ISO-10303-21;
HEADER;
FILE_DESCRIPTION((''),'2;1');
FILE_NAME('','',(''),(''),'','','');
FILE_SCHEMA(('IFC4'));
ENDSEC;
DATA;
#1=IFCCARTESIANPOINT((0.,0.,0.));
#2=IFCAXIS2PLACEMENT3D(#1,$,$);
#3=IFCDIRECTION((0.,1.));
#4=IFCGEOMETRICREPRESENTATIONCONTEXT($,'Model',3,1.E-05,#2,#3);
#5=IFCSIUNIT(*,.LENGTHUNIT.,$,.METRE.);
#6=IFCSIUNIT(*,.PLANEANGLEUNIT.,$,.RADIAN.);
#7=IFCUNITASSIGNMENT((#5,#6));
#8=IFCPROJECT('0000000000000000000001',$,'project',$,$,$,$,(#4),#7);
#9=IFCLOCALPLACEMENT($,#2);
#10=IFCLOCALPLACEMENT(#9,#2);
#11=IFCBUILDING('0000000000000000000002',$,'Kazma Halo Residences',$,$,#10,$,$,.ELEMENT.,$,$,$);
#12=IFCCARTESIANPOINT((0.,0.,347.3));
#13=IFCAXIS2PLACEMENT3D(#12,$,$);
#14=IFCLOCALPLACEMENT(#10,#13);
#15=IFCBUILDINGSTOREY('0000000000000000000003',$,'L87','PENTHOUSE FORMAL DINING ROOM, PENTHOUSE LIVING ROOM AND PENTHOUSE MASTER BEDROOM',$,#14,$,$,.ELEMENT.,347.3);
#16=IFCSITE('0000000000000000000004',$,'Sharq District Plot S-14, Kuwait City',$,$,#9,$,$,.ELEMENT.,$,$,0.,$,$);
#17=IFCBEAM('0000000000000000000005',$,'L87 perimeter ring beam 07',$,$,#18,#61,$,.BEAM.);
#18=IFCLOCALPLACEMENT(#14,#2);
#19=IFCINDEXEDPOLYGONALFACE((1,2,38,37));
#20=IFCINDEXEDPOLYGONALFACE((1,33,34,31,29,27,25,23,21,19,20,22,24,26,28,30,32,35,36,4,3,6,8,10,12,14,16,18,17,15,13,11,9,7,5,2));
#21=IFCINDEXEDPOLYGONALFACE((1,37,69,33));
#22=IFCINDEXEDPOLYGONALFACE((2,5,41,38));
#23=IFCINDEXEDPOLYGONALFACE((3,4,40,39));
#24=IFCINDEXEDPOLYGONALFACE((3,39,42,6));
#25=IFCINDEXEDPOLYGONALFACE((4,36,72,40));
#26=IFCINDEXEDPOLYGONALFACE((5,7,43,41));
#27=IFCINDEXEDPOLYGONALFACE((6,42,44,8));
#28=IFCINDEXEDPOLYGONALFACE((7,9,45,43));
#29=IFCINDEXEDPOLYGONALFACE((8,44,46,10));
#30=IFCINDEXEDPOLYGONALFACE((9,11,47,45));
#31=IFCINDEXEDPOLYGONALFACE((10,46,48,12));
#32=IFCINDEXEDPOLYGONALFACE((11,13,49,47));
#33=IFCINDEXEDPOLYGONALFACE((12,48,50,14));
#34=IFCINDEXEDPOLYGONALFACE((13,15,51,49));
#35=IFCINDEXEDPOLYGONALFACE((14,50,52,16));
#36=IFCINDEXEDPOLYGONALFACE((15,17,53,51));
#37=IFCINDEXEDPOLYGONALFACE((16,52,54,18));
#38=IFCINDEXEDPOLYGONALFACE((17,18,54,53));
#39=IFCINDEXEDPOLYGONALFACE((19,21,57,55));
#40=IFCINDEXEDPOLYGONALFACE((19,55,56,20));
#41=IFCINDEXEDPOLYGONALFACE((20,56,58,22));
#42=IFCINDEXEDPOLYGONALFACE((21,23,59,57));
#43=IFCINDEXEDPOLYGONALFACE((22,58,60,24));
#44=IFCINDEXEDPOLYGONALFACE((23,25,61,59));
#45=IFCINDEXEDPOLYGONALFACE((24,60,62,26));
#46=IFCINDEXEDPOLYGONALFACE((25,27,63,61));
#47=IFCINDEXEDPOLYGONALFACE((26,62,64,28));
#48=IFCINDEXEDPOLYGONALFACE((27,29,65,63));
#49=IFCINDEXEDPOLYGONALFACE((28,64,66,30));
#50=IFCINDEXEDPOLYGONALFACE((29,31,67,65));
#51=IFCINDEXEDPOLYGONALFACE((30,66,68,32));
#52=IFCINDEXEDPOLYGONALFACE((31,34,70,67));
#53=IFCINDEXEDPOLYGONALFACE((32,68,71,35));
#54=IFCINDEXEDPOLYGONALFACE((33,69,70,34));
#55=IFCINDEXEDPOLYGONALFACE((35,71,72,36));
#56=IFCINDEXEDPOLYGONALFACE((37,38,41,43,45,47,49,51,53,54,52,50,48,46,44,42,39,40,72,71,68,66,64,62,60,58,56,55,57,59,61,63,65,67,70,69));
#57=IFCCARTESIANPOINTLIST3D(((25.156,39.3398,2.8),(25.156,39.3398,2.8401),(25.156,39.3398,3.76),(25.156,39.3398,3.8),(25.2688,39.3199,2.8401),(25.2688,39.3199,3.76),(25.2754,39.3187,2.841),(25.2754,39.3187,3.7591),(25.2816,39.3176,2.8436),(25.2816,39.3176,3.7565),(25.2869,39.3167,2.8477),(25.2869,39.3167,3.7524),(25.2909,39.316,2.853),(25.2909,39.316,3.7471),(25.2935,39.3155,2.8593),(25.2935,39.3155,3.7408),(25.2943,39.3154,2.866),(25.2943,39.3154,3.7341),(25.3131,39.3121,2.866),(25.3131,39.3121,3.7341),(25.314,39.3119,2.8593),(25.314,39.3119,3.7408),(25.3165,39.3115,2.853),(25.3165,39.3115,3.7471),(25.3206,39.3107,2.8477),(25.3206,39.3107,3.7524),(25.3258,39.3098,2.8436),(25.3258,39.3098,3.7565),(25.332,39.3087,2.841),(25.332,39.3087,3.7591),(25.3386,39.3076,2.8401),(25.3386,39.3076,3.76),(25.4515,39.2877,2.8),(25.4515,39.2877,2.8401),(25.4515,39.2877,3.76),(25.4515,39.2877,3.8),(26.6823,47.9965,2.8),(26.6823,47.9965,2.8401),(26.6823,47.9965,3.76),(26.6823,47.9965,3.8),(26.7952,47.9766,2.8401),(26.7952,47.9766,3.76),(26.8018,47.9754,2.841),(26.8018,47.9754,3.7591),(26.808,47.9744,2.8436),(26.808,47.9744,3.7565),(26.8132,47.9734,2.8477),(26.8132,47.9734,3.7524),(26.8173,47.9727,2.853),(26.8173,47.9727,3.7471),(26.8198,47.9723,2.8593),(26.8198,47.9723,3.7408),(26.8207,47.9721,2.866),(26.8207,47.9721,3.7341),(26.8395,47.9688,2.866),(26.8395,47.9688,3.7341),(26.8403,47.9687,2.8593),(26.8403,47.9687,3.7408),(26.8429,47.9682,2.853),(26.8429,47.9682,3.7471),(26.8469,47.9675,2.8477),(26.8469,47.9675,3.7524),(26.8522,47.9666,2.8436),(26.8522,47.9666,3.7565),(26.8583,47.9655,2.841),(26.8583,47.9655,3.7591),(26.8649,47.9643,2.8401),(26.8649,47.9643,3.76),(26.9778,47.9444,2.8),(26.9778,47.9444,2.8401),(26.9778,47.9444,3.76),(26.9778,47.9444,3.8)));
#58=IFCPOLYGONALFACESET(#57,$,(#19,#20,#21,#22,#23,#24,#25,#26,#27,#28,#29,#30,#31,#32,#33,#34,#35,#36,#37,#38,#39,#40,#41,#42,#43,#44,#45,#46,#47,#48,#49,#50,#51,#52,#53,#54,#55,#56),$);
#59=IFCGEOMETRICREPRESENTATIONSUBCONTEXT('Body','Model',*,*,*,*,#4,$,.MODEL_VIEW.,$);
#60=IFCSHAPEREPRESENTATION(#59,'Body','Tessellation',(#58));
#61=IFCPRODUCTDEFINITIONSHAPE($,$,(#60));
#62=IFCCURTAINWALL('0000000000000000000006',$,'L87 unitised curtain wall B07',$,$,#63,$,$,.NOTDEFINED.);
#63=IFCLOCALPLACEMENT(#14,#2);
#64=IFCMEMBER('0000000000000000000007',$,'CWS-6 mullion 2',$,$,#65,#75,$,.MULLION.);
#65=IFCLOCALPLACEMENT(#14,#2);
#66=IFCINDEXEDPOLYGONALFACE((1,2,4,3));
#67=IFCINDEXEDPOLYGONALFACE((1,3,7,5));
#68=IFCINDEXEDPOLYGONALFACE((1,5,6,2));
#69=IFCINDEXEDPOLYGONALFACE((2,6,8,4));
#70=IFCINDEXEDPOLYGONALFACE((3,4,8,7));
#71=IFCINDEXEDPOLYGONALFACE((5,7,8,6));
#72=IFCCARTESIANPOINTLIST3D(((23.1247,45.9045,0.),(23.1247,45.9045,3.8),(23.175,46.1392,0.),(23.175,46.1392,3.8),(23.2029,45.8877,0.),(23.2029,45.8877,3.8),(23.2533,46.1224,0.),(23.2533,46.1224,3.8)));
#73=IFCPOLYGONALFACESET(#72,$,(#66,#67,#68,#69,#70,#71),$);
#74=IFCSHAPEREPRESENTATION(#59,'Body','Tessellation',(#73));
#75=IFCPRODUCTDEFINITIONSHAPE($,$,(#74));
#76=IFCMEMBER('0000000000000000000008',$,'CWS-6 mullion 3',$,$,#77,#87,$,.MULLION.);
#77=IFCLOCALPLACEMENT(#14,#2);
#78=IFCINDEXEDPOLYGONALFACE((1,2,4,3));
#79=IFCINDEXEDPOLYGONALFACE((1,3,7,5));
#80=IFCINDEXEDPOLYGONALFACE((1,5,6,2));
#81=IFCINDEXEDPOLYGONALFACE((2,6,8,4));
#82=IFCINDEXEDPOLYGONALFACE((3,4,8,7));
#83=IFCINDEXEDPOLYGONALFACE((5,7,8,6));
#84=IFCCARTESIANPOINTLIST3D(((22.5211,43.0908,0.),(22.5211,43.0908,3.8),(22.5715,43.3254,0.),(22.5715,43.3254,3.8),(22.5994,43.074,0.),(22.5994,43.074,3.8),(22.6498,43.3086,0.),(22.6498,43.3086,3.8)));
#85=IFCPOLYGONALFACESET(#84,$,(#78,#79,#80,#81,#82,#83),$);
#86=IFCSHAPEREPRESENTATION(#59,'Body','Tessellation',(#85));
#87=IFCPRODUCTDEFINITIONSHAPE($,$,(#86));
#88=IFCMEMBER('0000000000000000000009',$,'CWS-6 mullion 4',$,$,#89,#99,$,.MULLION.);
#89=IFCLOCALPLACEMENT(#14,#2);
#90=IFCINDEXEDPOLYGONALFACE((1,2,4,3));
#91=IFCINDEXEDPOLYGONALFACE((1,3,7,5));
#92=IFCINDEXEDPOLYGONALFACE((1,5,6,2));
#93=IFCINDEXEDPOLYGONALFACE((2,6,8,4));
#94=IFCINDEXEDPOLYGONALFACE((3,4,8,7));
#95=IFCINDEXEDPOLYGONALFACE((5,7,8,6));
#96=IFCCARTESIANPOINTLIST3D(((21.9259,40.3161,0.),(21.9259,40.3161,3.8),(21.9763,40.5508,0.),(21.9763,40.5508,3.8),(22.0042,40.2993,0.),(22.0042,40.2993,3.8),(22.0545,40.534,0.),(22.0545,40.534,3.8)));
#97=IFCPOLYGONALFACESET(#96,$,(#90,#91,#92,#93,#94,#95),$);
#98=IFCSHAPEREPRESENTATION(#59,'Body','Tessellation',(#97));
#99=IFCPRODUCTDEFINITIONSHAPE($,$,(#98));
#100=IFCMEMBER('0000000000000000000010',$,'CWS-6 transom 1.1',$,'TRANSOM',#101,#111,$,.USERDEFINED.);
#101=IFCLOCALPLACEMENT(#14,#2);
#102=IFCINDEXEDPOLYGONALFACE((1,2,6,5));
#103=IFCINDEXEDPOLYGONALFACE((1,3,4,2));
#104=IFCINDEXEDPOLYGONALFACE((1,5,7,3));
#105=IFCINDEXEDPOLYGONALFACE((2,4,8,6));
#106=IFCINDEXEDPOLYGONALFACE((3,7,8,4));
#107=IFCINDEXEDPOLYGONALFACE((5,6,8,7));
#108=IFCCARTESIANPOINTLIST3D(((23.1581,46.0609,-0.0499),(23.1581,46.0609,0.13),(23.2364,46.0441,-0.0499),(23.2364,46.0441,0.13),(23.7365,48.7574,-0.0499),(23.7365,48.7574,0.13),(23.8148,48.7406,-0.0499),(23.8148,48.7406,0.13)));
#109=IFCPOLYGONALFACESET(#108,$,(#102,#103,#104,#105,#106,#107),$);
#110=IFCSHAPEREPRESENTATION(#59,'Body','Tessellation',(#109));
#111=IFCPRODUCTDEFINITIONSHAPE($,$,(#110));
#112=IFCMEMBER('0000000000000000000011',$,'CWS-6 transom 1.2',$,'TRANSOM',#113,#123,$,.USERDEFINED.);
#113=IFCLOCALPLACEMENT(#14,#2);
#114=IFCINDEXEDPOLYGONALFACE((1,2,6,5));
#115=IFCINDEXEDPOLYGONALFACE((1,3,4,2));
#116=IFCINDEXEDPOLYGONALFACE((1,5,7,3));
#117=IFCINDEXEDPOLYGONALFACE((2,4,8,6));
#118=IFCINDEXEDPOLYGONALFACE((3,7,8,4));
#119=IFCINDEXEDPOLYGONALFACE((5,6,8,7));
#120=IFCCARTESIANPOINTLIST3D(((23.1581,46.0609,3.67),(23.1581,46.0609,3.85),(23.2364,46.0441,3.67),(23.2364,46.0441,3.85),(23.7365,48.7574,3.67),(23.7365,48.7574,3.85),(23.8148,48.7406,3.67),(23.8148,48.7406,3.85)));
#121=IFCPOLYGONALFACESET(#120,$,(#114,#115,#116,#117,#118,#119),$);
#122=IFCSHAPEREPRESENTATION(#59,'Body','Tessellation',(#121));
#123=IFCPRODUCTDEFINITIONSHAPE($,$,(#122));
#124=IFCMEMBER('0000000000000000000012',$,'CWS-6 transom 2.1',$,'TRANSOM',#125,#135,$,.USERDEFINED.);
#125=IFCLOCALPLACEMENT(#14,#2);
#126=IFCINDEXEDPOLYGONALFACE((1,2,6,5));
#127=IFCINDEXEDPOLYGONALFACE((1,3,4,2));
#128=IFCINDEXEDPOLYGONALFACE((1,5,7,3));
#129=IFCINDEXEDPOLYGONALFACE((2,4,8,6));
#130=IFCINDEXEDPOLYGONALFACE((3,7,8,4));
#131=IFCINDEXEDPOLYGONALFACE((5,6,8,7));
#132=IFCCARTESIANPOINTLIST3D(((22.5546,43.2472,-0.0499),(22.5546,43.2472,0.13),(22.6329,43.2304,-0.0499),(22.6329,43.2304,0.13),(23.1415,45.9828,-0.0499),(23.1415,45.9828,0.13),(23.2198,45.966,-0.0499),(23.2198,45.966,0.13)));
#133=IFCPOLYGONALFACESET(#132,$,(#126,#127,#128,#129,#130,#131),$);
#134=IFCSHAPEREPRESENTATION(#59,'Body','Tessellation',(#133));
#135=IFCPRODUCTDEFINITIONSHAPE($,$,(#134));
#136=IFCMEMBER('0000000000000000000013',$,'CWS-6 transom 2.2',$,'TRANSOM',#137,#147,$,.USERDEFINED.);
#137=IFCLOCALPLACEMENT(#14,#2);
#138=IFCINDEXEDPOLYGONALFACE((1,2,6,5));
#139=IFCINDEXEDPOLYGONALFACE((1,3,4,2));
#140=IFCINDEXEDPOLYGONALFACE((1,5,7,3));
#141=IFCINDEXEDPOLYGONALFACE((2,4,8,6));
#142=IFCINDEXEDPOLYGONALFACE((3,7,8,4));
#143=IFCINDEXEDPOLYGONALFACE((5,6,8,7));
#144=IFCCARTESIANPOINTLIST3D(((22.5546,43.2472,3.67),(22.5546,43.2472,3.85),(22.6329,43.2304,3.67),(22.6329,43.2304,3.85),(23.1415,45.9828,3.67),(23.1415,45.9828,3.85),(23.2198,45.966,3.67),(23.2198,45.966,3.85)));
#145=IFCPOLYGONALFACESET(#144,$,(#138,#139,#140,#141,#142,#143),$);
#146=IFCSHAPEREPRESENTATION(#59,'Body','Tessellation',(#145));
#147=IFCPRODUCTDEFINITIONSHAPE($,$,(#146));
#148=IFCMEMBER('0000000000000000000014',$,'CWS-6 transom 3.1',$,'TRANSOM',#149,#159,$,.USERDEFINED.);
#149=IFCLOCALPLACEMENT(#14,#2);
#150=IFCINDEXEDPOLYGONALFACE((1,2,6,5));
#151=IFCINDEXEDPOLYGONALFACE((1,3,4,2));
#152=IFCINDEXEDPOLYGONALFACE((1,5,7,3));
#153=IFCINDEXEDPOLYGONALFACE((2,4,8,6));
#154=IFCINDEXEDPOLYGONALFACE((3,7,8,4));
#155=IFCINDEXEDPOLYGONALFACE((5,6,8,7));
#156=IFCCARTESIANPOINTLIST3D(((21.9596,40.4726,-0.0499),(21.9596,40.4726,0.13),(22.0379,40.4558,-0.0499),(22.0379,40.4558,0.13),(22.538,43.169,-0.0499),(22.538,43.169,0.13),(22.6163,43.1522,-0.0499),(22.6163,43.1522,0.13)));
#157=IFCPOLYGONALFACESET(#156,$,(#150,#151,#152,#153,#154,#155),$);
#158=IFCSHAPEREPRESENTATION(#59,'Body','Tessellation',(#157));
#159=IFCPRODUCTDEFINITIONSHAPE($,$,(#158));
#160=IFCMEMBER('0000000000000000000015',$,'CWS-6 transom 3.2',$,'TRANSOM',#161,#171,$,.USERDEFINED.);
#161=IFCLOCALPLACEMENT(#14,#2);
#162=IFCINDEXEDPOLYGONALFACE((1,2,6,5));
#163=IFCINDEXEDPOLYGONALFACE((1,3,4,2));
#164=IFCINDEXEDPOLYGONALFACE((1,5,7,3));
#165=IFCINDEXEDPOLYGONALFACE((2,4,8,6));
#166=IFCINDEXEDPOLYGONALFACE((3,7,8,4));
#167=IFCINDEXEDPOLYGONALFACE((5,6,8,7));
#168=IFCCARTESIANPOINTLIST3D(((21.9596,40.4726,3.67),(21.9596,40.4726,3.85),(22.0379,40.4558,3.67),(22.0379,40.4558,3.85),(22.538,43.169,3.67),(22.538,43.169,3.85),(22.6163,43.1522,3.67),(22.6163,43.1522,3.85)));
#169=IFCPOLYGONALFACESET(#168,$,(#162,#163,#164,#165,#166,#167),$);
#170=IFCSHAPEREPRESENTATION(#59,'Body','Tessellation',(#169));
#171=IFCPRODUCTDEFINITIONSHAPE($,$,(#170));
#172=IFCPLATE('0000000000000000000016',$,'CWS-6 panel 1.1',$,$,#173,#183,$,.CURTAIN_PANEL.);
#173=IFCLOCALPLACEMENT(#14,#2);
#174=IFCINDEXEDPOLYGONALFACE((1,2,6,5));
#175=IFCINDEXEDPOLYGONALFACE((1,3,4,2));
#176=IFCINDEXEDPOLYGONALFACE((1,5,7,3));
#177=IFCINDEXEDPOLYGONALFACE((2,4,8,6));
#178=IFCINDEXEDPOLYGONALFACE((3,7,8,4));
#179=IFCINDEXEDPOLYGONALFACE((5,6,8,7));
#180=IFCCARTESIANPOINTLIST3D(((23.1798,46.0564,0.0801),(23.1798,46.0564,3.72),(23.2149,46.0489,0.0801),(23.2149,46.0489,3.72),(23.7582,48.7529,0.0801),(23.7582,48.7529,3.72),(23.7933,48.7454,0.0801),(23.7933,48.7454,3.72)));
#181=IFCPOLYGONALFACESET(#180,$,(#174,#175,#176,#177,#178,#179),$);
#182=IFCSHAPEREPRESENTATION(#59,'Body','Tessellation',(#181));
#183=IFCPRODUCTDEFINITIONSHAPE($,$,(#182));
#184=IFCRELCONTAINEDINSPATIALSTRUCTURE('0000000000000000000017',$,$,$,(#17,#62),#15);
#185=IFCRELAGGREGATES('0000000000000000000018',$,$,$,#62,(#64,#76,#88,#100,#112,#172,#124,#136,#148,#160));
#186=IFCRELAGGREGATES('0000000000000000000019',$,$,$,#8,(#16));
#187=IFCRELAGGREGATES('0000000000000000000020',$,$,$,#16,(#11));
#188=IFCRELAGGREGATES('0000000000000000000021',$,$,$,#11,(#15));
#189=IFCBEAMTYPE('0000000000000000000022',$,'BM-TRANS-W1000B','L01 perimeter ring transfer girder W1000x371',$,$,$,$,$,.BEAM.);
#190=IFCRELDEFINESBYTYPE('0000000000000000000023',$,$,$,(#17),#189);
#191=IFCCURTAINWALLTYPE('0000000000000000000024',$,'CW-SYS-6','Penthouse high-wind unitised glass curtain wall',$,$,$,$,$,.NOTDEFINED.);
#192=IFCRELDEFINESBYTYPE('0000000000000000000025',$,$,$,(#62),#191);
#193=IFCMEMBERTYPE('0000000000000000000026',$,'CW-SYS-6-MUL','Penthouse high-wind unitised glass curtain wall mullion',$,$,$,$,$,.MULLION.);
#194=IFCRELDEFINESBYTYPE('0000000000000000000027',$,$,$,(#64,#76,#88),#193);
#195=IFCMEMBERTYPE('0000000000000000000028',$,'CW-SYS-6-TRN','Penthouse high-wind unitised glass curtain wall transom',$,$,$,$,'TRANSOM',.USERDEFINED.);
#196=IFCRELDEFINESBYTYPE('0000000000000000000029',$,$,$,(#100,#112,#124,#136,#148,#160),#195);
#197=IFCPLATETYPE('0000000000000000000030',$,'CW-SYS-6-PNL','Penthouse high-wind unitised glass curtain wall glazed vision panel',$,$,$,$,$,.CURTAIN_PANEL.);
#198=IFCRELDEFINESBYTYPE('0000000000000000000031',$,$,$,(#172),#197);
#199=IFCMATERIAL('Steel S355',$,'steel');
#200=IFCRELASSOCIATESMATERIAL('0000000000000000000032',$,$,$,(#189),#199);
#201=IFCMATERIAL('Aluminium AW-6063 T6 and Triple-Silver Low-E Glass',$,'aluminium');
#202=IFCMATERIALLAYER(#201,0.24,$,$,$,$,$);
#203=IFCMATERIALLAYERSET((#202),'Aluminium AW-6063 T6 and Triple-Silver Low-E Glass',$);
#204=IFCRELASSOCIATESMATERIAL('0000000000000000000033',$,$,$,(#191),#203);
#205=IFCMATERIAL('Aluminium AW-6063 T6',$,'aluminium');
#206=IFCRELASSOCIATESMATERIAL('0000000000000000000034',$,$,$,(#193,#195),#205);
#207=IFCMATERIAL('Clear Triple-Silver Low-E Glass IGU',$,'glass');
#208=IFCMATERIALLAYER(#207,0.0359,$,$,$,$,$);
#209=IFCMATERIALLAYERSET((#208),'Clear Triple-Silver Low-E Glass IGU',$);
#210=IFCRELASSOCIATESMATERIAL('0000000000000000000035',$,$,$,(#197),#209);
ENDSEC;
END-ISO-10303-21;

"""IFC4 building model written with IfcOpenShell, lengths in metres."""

from ifc_helpers import new_model, si_unit, direction, frame, origin, origin_2d, place, context, subcontext, project, spatial, rectangle, i_section, extrude, material, layer, layer_set, material_profile, profile_set, type_object, element, aggregate, save


model = new_model("IFC4")

# Units and contexts
model_context = context("Model", 3, precision=1e-05, world=origin(), true_north=direction((0.0, 1.0)))
body_context = subcontext(model_context, "Body", "Model", "MODEL_VIEW")
ifc_project = project(units=[si_unit("LENGTHUNIT", "METRE"), si_unit("PLANEANGLEUNIT", "RADIAN")], contexts=[model_context])

# Site, building, storey
site_placement = place(None, origin())
site = spatial("IfcSite", under=ifc_project, at=site_placement, Name="Sharq District Plot S-14, Kuwait City", CompositionType="ELEMENT", RefElevation=0.0)
building_placement = place(site_placement, origin())
building = spatial("IfcBuilding", under=site, at=building_placement, Name="Kazma Halo Residences", CompositionType="ELEMENT")
storey_placement = place(building_placement, frame((0.0, 0.0, 347.3)))
storey = spatial("IfcBuildingStorey", under=building, at=storey_placement, Name="L87", Description="PENTHOUSE FORMAL DINING ROOM, PENTHOUSE LIVING ROOM AND PENTHOUSE MASTER BEDROOM", CompositionType="ELEMENT", Elevation=347.3)

# Beam
ifc_material_1 = material(Name="Steel S355", Category="steel")
ifc_material_profile_1 = material_profile(ifc_material_1, i_section(OverallWidth=0.3, OverallDepth=1.0, WebThickness=0.019, FlangeThickness=0.04, FilletRadius=0.0259, at=origin_2d()), Name="W1000x371")
ifc_profile_set_1 = profile_set([ifc_material_profile_1], Name="Steel S355")
beam_type_1 = type_object("IfcBeamType", Name="BM-TRANS-W1000B", Description="L01 perimeter ring transfer girder W1000x371", PredefinedType="BEAM", material=ifc_profile_set_1)
beam_1_placement = place(storey_placement, frame((26.8301, 47.9705, 3.3), z_axis=(-0.173643, -0.984809, 0.0), x_axis=(0.984809, -0.173643, 0.0)))
element("IfcBeam", 1, at=beam_1_placement, inside=storey, type_object=beam_type_1, Name="L87 perimeter ring beam 07", PredefinedType="BEAM", context=body_context, shape_type="SweptSolid", body=[
    extrude(i_section(OverallWidth=0.3, OverallDepth=1.0, WebThickness=0.019, FlangeThickness=0.04, FilletRadius=0.0259, at=origin_2d()), origin(), (0.0, 0.0, 1.0), 8.7903),
])

# Curtain wall, members, plate
ifc_material_2 = material(Name="Aluminium AW-6063 T6 and Triple-Silver Low-E Glass", Category="aluminium")
ifc_layer_1 = layer(ifc_material_2, 0.24)
ifc_layer_set_1 = layer_set([ifc_layer_1], Name="Aluminium AW-6063 T6 and Triple-Silver Low-E Glass")
curtain_wall_type = type_object("IfcCurtainWallType", Name="CW-SYS-6", Description="Penthouse high-wind unitised glass curtain wall", PredefinedType="NOTDEFINED", material=ifc_layer_set_1)
curtain_wall_placement = place(storey_placement, origin())
curtain_wall = element("IfcCurtainWall", 2, at=curtain_wall_placement, inside=storey, type_object=curtain_wall_type, Name="L87 unitised curtain wall B07", PredefinedType="NOTDEFINED")
ifc_material_3 = material(Name="Aluminium AW-6063 T6", Category="aluminium")
ifc_material_profile_2 = material_profile(ifc_material_3, rectangle(XDim=0.0801, YDim=0.24, at=origin_2d()), Name="CWM-80x240")
ifc_profile_set_2 = profile_set([ifc_material_profile_2], Name="Aluminium AW-6063 T6")
member_type_1 = type_object("IfcMemberType", Name="CW-SYS-6-MUL", Description="Penthouse high-wind unitised glass curtain wall mullion", PredefinedType="MULLION", material=ifc_profile_set_2)
member_1_placement = place(storey_placement, frame((23.189, 46.0134, 0.0), z_axis=(0.0, 0.0, 1.0), x_axis=(0.977761, -0.209723, 0.0)))
member_1 = element("IfcMember", 3, at=member_1_placement, type_object=member_type_1, Name="CWS-6 mullion 2", PredefinedType="MULLION", context=body_context, shape_type="SweptSolid", body=[
    extrude(rectangle(XDim=0.0801, YDim=0.24, at=origin_2d()), origin(), (0.0, 0.0, 1.0), 3.8),
])
member_2_placement = place(storey_placement, frame((22.5854, 43.1997, 0.0), z_axis=(0.0, 0.0, 1.0), x_axis=(0.977761, -0.209723, 0.0)))
member_2 = element("IfcMember", 4, at=member_2_placement, type_object=member_type_1, Name="CWS-6 mullion 3", PredefinedType="MULLION", context=body_context, shape_type="SweptSolid", body=[
    extrude(rectangle(XDim=0.0801, YDim=0.24, at=origin_2d()), origin(), (0.0, 0.0, 1.0), 3.8),
])
member_3_placement = place(storey_placement, frame((21.9902, 40.425, 0.0), z_axis=(0.0, 0.0, 1.0), x_axis=(0.977761, -0.209723, 0.0)))
member_3 = element("IfcMember", 5, at=member_3_placement, type_object=member_type_1, Name="CWS-6 mullion 4", PredefinedType="MULLION", context=body_context, shape_type="SweptSolid", body=[
    extrude(rectangle(XDim=0.0801, YDim=0.24, at=origin_2d()), origin(), (0.0, 0.0, 1.0), 3.8),
])
ifc_material_profile_3 = material_profile(ifc_material_3, rectangle(XDim=0.0801, YDim=0.1799, at=origin_2d()), Name="CWT-80x180")
ifc_profile_set_3 = profile_set([ifc_material_profile_3], Name="Aluminium AW-6063 T6")
member_type_2 = type_object("IfcMemberType", Name="CW-SYS-6-TRN", Description="Penthouse high-wind unitised glass curtain wall transom", ElementType="TRANSOM", PredefinedType="USERDEFINED", material=ifc_profile_set_3)
member_4_placement = place(storey_placement, frame((23.7756, 48.749, 0.04), z_axis=(-0.209716, -0.977762, 0.0), x_axis=(0.977762, -0.209716, 0.0)))
member_4 = element("IfcMember", 6, at=member_4_placement, type_object=member_type_2, Name="CWS-6 transom 1.1", ObjectType="TRANSOM", PredefinedType="USERDEFINED", context=body_context, shape_type="SweptSolid", body=[
    extrude(rectangle(XDim=0.0801, YDim=0.1799, at=origin_2d()), origin(), (0.0, 0.0, 1.0), 2.7578),
])
member_5_placement = place(storey_placement, frame((23.7756, 48.749, 3.76), z_axis=(-0.209716, -0.977762, 0.0), x_axis=(0.977762, -0.209716, 0.0)))
member_5 = element("IfcMember", 7, at=member_5_placement, type_object=member_type_2, Name="CWS-6 transom 1.2", ObjectType="TRANSOM", PredefinedType="USERDEFINED", context=body_context, shape_type="SweptSolid", body=[
    extrude(rectangle(XDim=0.0801, YDim=0.1799, at=origin_2d()), origin(), (0.0, 0.0, 1.0), 2.7578),
])
member_6_placement = place(storey_placement, frame((23.1807, 45.9744, 0.04), z_axis=(-0.209773, -0.97775, 0.0), x_axis=(0.97775, -0.209773, 0.0)))
member_6 = element("IfcMember", 8, at=member_6_placement, type_object=member_type_2, Name="CWS-6 transom 2.1", ObjectType="TRANSOM", PredefinedType="USERDEFINED", context=body_context, shape_type="SweptSolid", body=[
    extrude(rectangle(XDim=0.0801, YDim=0.1799, at=origin_2d()), origin(), (0.0, 0.0, 1.0), 2.7979),
])
member_7_placement = place(storey_placement, frame((23.1807, 45.9744, 3.76), z_axis=(-0.209773, -0.97775, 0.0), x_axis=(0.97775, -0.209773, 0.0)))
member_7 = element("IfcMember", 9, at=member_7_placement, type_object=member_type_2, Name="CWS-6 transom 2.2", ObjectType="TRANSOM", PredefinedType="USERDEFINED", context=body_context, shape_type="SweptSolid", body=[
    extrude(rectangle(XDim=0.0801, YDim=0.1799, at=origin_2d()), origin(), (0.0, 0.0, 1.0), 2.7979),
])
member_8_placement = place(storey_placement, frame((22.5771, 43.1606, 0.04), z_axis=(-0.209716, -0.977762, 0.0), x_axis=(0.977762, -0.209716, 0.0)))
member_8 = element("IfcMember", 10, at=member_8_placement, type_object=member_type_2, Name="CWS-6 transom 3.1", ObjectType="TRANSOM", PredefinedType="USERDEFINED", context=body_context, shape_type="SweptSolid", body=[
    extrude(rectangle(XDim=0.0801, YDim=0.1799, at=origin_2d()), origin(), (0.0, 0.0, 1.0), 2.7578),
])
member_9_placement = place(storey_placement, frame((22.5771, 43.1606, 3.76), z_axis=(-0.209716, -0.977762, 0.0), x_axis=(0.977762, -0.209716, 0.0)))
member_9 = element("IfcMember", 11, at=member_9_placement, type_object=member_type_2, Name="CWS-6 transom 3.2", ObjectType="TRANSOM", PredefinedType="USERDEFINED", context=body_context, shape_type="SweptSolid", body=[
    extrude(rectangle(XDim=0.0801, YDim=0.1799, at=origin_2d()), origin(), (0.0, 0.0, 1.0), 2.7578),
])
ifc_material_4 = material(Name="Clear Triple-Silver Low-E Glass IGU", Category="glass")
ifc_layer_2 = layer(ifc_material_4, 0.0359)
ifc_layer_set_2 = layer_set([ifc_layer_2], Name="Clear Triple-Silver Low-E Glass IGU")
plate_type = type_object("IfcPlateType", Name="CW-SYS-6-PNL", Description="Penthouse high-wind unitised glass curtain wall glazed vision panel", PredefinedType="CURTAIN_PANEL", material=ifc_layer_set_2)
plate_1_placement = place(storey_placement, frame((23.4866, 47.4009, 0.0801), z_axis=(0.0, 0.0, 1.0), x_axis=(-0.209723, -0.977761, 0.0)))
plate_1 = element("IfcPlate", 12, at=plate_1_placement, type_object=plate_type, Name="CWS-6 panel 1.1", PredefinedType="CURTAIN_PANEL", context=body_context, shape_type="SweptSolid", body=[
    extrude(rectangle(XDim=2.7578, YDim=0.0359, at=origin_2d()), origin(), (0.0, 0.0, 1.0), 3.6399),
])
aggregate(curtain_wall, [member_1, member_2, member_3, member_4, member_5, plate_1, member_6, member_7, member_8, member_9])

save(model, "model.ifc")
